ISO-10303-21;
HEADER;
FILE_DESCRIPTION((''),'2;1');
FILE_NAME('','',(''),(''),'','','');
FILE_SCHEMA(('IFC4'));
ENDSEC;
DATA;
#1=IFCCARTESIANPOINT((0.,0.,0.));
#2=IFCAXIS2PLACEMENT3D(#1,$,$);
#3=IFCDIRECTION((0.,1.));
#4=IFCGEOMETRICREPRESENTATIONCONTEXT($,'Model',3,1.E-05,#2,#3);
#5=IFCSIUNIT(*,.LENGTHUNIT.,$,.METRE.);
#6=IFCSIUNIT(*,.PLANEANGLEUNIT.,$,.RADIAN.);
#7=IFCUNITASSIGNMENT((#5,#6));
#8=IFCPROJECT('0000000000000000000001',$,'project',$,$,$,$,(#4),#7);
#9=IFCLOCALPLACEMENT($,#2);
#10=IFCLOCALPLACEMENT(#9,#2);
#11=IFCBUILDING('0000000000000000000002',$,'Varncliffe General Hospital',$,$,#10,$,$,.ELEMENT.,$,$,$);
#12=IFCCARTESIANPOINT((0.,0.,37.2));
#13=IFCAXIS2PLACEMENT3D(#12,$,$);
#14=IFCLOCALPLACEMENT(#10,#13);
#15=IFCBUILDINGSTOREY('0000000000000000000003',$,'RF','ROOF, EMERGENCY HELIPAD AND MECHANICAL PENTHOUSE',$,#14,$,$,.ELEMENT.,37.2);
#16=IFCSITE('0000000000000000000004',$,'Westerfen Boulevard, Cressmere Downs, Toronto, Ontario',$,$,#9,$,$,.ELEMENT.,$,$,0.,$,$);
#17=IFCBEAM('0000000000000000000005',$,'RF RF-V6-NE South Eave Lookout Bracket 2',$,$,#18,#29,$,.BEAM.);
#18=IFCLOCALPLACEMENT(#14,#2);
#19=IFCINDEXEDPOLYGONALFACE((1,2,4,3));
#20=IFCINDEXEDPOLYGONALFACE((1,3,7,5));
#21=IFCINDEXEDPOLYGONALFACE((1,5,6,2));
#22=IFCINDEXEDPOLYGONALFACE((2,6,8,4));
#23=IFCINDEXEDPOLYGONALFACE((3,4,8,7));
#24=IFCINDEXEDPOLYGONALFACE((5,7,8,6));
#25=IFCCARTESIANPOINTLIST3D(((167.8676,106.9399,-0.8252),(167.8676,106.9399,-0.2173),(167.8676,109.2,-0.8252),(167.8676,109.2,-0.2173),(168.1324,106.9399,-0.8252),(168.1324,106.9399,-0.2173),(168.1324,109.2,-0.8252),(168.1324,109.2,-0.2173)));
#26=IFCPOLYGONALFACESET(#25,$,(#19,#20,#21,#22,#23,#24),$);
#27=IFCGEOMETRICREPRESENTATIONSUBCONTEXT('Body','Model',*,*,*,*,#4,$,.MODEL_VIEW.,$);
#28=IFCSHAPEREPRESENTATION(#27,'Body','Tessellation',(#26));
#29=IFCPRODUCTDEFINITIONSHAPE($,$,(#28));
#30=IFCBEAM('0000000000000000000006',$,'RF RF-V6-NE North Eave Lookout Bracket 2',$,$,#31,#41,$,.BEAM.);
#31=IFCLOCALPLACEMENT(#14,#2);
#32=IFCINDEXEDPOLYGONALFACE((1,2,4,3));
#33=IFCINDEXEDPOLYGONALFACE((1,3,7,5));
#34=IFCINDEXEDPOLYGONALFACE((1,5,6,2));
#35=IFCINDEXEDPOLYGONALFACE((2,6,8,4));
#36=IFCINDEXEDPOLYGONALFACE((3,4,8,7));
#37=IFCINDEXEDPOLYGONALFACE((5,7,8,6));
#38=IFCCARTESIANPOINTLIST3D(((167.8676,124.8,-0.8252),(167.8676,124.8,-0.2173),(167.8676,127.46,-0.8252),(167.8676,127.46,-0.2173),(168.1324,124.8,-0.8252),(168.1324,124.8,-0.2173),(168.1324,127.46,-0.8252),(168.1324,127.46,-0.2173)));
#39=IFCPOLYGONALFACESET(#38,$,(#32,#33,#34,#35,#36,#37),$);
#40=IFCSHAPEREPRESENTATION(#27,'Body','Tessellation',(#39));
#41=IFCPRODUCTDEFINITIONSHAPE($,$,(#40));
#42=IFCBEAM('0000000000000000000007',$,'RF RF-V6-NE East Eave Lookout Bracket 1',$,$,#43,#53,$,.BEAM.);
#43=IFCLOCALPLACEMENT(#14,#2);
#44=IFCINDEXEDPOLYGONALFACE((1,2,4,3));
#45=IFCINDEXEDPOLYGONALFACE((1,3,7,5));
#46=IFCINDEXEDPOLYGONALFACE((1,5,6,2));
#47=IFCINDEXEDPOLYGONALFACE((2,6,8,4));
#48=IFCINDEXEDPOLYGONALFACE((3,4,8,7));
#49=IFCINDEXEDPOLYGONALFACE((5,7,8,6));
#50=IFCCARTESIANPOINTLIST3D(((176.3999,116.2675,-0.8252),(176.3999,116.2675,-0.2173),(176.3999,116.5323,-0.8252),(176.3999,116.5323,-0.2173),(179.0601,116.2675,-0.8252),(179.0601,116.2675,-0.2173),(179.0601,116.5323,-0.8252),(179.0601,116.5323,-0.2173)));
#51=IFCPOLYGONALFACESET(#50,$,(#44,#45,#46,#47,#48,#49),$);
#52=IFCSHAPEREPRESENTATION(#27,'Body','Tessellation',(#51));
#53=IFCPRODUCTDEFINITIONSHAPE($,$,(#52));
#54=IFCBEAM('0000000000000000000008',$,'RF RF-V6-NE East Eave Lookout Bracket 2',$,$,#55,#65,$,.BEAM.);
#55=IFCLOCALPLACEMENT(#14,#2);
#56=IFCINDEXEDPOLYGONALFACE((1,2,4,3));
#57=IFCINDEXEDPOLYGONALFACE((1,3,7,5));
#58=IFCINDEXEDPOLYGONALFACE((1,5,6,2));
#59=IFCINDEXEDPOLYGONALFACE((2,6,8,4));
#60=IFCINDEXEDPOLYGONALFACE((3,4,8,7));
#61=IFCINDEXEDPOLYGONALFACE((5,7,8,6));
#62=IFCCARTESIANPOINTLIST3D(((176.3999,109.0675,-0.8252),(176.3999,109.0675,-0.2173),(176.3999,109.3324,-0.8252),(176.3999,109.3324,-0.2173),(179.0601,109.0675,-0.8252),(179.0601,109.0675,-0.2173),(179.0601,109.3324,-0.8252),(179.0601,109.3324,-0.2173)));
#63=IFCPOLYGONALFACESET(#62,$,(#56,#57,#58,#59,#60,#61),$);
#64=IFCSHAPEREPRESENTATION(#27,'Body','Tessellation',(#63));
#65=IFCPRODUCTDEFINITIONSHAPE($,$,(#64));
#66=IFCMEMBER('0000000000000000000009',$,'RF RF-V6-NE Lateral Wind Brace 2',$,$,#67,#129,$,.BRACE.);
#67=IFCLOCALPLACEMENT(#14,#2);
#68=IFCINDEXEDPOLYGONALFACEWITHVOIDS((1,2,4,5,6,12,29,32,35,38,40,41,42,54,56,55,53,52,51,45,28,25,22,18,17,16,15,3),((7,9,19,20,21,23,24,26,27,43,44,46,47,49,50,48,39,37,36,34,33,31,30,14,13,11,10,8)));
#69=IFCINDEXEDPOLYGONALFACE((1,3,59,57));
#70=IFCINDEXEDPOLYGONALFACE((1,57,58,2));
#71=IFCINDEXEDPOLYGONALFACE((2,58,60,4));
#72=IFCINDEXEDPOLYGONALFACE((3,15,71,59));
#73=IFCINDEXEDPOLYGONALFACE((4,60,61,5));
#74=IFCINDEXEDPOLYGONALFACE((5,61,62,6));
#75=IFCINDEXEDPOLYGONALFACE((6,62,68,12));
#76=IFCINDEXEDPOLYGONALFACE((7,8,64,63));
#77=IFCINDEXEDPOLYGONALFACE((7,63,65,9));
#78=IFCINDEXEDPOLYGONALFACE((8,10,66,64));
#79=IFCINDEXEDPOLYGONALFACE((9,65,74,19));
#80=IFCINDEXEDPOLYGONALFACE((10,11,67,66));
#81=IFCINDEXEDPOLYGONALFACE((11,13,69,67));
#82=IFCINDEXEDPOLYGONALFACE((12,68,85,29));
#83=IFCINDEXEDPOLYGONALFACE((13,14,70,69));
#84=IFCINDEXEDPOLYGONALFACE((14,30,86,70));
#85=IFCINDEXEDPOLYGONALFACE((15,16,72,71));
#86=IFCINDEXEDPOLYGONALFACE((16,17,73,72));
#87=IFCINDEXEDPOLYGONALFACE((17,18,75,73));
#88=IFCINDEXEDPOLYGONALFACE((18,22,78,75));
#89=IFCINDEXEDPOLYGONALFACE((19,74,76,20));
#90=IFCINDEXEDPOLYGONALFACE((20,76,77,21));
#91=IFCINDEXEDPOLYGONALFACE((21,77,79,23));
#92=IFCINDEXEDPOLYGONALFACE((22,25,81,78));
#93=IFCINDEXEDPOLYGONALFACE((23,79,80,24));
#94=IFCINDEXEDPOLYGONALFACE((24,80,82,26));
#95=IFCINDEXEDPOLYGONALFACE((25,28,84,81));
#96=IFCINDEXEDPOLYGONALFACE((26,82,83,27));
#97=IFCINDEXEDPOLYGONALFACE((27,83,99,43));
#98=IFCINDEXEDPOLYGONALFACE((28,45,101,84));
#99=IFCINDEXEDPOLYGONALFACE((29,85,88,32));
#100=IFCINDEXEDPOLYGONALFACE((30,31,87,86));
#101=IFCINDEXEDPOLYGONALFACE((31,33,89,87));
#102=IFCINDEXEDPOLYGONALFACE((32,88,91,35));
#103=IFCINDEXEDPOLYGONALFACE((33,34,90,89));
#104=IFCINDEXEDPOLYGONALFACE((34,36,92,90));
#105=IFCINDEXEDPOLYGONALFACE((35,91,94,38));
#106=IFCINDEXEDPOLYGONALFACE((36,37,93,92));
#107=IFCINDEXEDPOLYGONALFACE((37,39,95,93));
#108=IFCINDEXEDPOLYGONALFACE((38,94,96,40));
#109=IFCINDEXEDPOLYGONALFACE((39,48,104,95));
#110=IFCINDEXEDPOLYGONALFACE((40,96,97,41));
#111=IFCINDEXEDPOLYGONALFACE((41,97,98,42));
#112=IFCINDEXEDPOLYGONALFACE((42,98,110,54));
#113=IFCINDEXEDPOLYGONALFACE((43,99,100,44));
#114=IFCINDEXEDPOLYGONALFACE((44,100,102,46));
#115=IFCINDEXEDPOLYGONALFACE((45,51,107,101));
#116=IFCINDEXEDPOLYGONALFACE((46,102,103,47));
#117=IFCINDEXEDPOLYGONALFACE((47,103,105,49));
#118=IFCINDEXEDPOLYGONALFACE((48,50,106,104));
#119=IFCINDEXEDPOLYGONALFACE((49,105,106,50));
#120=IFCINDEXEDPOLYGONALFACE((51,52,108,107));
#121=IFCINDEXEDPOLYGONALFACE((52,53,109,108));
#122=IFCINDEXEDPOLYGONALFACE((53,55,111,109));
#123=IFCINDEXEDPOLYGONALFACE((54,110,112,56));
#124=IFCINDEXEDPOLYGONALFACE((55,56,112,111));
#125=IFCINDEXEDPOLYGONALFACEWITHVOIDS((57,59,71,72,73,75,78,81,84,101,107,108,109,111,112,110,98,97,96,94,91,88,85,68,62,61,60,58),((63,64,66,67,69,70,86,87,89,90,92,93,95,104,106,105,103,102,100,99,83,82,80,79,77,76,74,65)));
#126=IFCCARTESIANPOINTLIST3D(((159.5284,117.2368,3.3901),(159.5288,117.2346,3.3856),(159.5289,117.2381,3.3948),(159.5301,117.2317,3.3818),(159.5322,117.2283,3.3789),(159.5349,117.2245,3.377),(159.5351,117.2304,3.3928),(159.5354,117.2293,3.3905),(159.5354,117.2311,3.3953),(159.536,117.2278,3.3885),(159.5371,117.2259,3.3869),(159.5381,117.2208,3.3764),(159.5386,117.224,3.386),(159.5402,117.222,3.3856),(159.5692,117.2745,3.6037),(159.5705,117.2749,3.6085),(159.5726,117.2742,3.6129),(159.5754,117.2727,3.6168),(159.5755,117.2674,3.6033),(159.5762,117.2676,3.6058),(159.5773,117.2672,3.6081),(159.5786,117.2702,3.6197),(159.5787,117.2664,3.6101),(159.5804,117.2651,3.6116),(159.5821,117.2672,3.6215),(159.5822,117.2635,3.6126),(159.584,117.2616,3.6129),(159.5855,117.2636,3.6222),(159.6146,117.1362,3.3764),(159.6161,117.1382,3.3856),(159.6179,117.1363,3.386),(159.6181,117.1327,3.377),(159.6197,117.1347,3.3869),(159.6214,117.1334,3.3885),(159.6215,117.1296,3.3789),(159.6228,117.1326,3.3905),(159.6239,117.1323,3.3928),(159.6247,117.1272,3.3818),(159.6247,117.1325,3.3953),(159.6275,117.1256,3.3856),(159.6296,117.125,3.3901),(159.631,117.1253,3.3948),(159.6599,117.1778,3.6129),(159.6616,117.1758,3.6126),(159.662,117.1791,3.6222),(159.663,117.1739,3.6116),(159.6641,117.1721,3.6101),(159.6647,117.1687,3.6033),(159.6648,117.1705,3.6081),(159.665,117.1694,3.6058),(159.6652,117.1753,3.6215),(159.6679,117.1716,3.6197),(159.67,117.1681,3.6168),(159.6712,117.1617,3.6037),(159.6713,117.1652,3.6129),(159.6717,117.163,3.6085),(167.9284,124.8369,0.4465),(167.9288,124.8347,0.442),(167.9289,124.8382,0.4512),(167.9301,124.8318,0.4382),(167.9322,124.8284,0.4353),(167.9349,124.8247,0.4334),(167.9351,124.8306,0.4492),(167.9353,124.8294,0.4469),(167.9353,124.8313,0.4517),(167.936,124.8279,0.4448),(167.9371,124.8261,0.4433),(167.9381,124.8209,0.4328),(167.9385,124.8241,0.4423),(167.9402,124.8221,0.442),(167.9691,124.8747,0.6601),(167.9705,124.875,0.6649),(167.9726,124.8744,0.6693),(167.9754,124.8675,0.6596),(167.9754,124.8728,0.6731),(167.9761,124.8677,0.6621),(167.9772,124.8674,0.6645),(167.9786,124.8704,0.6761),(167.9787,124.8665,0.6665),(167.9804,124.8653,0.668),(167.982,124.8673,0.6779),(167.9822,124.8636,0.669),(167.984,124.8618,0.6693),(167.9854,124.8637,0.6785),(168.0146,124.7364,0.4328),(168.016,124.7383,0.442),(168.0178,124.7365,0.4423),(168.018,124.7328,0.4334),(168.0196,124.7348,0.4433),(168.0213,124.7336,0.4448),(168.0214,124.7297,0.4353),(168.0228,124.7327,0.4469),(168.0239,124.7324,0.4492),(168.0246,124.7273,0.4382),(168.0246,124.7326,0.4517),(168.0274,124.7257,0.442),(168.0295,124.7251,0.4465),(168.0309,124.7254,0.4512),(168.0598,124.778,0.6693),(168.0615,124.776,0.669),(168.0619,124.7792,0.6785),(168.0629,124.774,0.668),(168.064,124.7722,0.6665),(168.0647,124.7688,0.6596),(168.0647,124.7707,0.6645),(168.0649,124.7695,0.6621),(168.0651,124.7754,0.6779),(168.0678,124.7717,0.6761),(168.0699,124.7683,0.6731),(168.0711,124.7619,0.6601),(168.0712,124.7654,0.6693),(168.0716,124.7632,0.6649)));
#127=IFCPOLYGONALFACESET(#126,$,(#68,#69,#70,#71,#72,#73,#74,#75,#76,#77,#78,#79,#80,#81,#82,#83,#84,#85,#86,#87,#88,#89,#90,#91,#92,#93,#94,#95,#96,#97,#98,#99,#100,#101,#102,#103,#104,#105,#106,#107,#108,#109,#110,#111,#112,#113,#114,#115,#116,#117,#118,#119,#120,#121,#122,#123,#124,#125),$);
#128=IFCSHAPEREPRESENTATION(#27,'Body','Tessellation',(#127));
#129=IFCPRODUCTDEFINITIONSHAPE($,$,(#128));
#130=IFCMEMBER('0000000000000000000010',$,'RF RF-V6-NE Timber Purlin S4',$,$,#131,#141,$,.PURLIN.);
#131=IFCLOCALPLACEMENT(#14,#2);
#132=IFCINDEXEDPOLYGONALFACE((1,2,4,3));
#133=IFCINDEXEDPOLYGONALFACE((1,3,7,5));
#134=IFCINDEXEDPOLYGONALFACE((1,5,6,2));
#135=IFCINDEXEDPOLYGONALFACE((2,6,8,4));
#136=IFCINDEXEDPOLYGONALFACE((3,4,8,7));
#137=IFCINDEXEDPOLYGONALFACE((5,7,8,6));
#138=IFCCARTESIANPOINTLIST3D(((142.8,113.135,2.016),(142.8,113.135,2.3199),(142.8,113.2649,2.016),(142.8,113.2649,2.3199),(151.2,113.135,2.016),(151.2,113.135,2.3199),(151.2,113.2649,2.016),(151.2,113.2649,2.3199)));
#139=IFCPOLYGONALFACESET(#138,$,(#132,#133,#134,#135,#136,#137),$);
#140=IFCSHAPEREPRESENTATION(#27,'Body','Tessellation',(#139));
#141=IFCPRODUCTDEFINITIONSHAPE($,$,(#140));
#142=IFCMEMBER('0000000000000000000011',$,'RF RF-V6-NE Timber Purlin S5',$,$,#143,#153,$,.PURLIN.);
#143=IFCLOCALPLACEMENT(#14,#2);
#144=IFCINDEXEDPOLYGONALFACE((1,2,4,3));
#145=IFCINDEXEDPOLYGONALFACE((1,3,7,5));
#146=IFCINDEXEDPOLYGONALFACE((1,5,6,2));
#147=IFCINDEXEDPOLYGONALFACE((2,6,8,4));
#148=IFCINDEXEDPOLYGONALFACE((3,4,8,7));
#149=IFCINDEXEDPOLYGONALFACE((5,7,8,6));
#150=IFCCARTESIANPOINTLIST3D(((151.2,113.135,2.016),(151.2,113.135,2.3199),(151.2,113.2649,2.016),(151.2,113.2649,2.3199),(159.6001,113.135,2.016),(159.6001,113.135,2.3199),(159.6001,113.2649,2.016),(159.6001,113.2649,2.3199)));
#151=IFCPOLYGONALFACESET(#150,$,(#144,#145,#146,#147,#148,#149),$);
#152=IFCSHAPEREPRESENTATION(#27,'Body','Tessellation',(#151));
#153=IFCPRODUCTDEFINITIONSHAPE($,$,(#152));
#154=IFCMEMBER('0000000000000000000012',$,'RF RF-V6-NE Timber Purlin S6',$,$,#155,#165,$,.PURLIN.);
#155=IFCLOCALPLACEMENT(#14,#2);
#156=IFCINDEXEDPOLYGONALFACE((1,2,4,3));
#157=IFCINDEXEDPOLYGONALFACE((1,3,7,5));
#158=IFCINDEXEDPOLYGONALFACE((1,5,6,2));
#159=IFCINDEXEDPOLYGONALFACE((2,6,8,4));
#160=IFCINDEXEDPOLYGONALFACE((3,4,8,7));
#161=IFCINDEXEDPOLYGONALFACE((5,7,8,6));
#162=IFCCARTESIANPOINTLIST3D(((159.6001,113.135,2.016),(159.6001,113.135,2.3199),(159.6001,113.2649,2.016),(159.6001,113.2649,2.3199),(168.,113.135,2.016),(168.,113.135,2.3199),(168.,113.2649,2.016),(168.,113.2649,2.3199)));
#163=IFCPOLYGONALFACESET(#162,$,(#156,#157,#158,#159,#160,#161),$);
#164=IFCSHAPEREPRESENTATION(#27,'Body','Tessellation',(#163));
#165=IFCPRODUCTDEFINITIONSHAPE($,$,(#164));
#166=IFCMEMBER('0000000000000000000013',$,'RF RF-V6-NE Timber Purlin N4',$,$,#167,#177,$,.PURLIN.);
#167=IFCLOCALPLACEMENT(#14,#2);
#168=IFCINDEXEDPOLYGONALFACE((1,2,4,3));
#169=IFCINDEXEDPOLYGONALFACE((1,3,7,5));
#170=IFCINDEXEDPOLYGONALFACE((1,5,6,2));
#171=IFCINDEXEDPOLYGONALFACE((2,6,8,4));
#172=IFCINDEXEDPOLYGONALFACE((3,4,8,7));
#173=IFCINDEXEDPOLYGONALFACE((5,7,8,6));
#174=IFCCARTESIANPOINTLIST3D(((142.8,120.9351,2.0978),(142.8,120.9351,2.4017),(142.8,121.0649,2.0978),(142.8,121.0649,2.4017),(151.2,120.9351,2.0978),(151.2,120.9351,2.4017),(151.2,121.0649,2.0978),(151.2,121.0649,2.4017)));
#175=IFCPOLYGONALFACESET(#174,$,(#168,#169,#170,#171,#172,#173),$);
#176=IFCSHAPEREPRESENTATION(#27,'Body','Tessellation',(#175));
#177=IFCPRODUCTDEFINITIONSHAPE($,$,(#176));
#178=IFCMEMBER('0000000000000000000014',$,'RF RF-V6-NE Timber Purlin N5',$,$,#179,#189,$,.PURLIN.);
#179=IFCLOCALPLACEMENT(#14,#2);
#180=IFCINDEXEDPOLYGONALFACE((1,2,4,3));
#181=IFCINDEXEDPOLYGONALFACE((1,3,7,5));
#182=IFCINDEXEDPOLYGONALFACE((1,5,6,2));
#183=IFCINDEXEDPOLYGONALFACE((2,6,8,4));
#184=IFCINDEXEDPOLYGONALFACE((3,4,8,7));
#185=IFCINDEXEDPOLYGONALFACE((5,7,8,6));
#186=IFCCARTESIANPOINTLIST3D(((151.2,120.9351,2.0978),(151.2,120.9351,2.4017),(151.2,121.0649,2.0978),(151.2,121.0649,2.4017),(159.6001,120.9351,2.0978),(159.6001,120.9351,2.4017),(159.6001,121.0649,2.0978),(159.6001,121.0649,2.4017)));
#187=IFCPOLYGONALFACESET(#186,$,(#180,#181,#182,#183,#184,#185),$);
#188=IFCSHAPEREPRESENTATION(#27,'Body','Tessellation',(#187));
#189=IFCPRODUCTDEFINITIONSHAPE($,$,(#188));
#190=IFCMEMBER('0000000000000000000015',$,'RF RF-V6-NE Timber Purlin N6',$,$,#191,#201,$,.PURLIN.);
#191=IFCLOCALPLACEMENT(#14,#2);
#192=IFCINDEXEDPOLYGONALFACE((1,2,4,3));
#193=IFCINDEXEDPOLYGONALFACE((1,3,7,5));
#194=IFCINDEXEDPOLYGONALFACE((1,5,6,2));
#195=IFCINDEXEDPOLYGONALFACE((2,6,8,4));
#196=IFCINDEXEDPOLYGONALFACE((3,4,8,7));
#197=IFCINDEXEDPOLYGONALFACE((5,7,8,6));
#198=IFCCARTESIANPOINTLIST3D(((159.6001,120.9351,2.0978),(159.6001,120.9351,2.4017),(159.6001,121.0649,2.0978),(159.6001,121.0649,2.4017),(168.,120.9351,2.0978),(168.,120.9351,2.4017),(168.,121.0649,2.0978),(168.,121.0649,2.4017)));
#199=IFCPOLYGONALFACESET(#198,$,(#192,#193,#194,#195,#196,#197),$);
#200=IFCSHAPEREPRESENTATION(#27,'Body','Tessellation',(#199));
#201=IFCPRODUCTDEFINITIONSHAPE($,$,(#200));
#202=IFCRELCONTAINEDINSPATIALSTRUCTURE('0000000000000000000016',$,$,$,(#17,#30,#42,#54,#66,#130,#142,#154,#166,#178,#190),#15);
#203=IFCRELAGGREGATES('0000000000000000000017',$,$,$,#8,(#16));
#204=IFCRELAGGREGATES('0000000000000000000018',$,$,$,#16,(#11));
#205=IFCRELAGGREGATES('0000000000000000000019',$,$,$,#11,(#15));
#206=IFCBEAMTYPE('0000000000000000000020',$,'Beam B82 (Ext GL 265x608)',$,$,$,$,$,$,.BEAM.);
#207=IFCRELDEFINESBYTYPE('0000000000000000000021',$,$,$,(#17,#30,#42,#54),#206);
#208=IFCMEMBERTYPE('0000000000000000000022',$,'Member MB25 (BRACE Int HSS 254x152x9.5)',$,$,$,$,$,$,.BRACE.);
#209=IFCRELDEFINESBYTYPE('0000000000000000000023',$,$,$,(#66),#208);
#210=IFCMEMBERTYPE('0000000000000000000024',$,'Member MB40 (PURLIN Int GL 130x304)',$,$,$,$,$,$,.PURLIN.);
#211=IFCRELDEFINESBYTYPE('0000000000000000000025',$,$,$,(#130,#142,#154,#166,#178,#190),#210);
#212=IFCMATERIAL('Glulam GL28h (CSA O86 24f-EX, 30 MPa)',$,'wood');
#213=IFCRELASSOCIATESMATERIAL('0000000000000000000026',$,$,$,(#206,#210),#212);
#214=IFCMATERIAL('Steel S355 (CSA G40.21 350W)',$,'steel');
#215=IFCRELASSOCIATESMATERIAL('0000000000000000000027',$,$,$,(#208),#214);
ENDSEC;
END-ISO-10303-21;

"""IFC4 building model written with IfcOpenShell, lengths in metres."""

from ifc_helpers import new_model, si_unit, direction, frame, origin, origin_2d, place, context, subcontext, project, spatial, rectangle, hollow_rectangle, extrude, material, material_profile, profile_set, type_object, element, save


model = new_model("IFC4")

# Units and contexts
model_context = context("Model", 3, precision=1e-05, world=origin(), true_north=direction((0.0, 1.0)))
body_context = subcontext(model_context, "Body", "Model", "MODEL_VIEW")
ifc_project = project(units=[si_unit("LENGTHUNIT", "METRE"), si_unit("PLANEANGLEUNIT", "RADIAN")], contexts=[model_context])

# Site, building, storey
site_placement = place(None, origin())
site = spatial("IfcSite", under=ifc_project, at=site_placement, Name="Westerfen Boulevard, Cressmere Downs, Toronto, Ontario", CompositionType="ELEMENT", RefElevation=0.0)
building_placement = place(site_placement, origin())
building = spatial("IfcBuilding", under=site, at=building_placement, Name="Varncliffe General Hospital", CompositionType="ELEMENT")
storey_placement = place(building_placement, frame((0.0, 0.0, 37.2)))
storey = spatial("IfcBuildingStorey", under=building, at=storey_placement, Name="RF", Description="ROOF, EMERGENCY HELIPAD AND MECHANICAL PENTHOUSE", CompositionType="ELEMENT", Elevation=37.2)

# Beams
ifc_material_1 = material(Name="Glulam GL28h (CSA O86 24f-EX, 30 MPa)", Category="wood")
ifc_material_profile_1 = material_profile(ifc_material_1, rectangle(XDim=0.2649, YDim=0.6079, at=origin_2d()), Name="GL 265x608")
ifc_profile_set_1 = profile_set([ifc_material_profile_1], Name="Glulam GL28h (CSA O86 24f-EX, 30 MPa)")
beam_type = type_object("IfcBeamType", Name="Beam B82 (Ext GL 265x608)", PredefinedType="BEAM", material=ifc_profile_set_1)
beam_1_placement = place(storey_placement, frame((168.0, 106.9399, -0.5212), z_axis=(0.0, 1.0, 0.0), x_axis=(-1.0, 0.0, 0.0)))
element("IfcBeam", 1, at=beam_1_placement, inside=storey, type_object=beam_type, Name="RF RF-V6-NE South Eave Lookout Bracket 2", PredefinedType="BEAM", context=body_context, shape_type="SweptSolid", body=[
    extrude(rectangle(XDim=0.2649, YDim=0.6079, at=origin_2d()), origin(), (0.0, 0.0, 1.0), 2.26),
])
beam_2_placement = place(storey_placement, frame((168.0, 124.8, -0.5212), z_axis=(0.0, 1.0, 0.0), x_axis=(-1.0, 0.0, 0.0)))
element("IfcBeam", 2, at=beam_2_placement, inside=storey, type_object=beam_type, Name="RF RF-V6-NE North Eave Lookout Bracket 2", PredefinedType="BEAM", context=body_context, shape_type="SweptSolid", body=[
    extrude(rectangle(XDim=0.2649, YDim=0.6079, at=origin_2d()), origin(), (0.0, 0.0, 1.0), 2.6599),
])
for number, where, z_axis, x_axis, name in (
    (3, (176.3999, 116.3999, -0.5212), (1.0, 0.0, 0.0), (0.0, 1.0, 0.0), "RF RF-V6-NE East Eave Lookout Bracket 1"),
    (4, (176.3999, 109.2, -0.5212), (1.0, 0.0, 0.0), (0.0, 1.0, 0.0), "RF RF-V6-NE East Eave Lookout Bracket 2"),
):
    element("IfcBeam", number, at=place(storey_placement, frame(where, z_axis=z_axis, x_axis=x_axis)), inside=storey, type_object=beam_type, Name=name, PredefinedType="BEAM", context=body_context, shape_type="SweptSolid", body=[
        extrude(rectangle(XDim=0.2649, YDim=0.6079, at=origin_2d()), origin(), (0.0, 0.0, 1.0), 2.6602),
    ])

# Members
ifc_material_2 = material(Name="Steel S355 (CSA G40.21 350W)", Category="steel")
ifc_material_profile_2 = material_profile(ifc_material_2, hollow_rectangle(XDim=0.1521, YDim=0.2539, WallThickness=0.0095, InnerFilletRadius=0.01, OuterFilletRadius=0.019, at=origin_2d()), Name="HSS 254x152x9.5")
ifc_profile_set_2 = profile_set([ifc_material_profile_2], Name="Steel S355 (CSA G40.21 350W)")
member_type_1 = type_object("IfcMemberType", Name="Member MB25 (BRACE Int HSS 254x152x9.5)", PredefinedType="BRACE", material=ifc_profile_set_2)
member_1_placement = place(storey_placement, frame((168.0, 124.8, 0.5557), z_axis=(-0.717692, -0.649357, 0.251503), x_axis=(0.670922, -0.741528, 0.0)))
element("IfcMember", 5, at=member_1_placement, inside=storey, type_object=member_type_1, Name="RF RF-V6-NE Lateral Wind Brace 2", PredefinedType="BRACE", context=body_context, shape_type="SweptSolid", body=[
    extrude(hollow_rectangle(XDim=0.1521, YDim=0.2539, WallThickness=0.0095, InnerFilletRadius=0.01, OuterFilletRadius=0.019, at=origin_2d()), origin(), (0.0, 0.0, 1.0), 11.7041),
])
ifc_material_profile_3 = material_profile(ifc_material_1, rectangle(XDim=0.1299, YDim=0.304, at=origin_2d()), Name="GL 130x304")
ifc_profile_set_3 = profile_set([ifc_material_profile_3], Name="Glulam GL28h (CSA O86 24f-EX, 30 MPa)")
member_type_2 = type_object("IfcMemberType", Name="Member MB40 (PURLIN Int GL 130x304)", PredefinedType="PURLIN", material=ifc_profile_set_3)
member_2_placement = place(storey_placement, frame((142.8, 113.2, 2.168), z_axis=(1.0, 0.0, 0.0), x_axis=(0.0, 1.0, 0.0)))
element("IfcMember", 6, at=member_2_placement, inside=storey, type_object=member_type_2, Name="RF RF-V6-NE Timber Purlin S4", PredefinedType="PURLIN", context=body_context, shape_type="SweptSolid", body=[
    extrude(rectangle(XDim=0.1299, YDim=0.304, at=origin_2d()), origin(), (0.0, 0.0, 1.0), 8.3999),
])
member_3_placement = place(storey_placement, frame((151.2, 113.2, 2.168), z_axis=(1.0, 0.0, 0.0), x_axis=(0.0, 1.0, 0.0)))
element("IfcMember", 7, at=member_3_placement, inside=storey, type_object=member_type_2, Name="RF RF-V6-NE Timber Purlin S5", PredefinedType="PURLIN", context=body_context, shape_type="SweptSolid", body=[
    extrude(rectangle(XDim=0.1299, YDim=0.304, at=origin_2d()), origin(), (0.0, 0.0, 1.0), 8.4001),
])
for number, where, z_axis, x_axis, name in (
    (8, (159.6001, 113.2, 2.168), (1.0, 0.0, 0.0), (0.0, 1.0, 0.0), "RF RF-V6-NE Timber Purlin S6"),
    (9, (142.8, 121.0, 2.2498), (1.0, 0.0, 0.0), (0.0, 1.0, 0.0), "RF RF-V6-NE Timber Purlin N4"),
):
    element("IfcMember", number, at=place(storey_placement, frame(where, z_axis=z_axis, x_axis=x_axis)), inside=storey, type_object=member_type_2, Name=name, PredefinedType="PURLIN", context=body_context, shape_type="SweptSolid", body=[
        extrude(rectangle(XDim=0.1299, YDim=0.304, at=origin_2d()), origin(), (0.0, 0.0, 1.0), 8.3999),
    ])
member_4_placement = place(storey_placement, frame((151.2, 121.0, 2.2498), z_axis=(1.0, 0.0, 0.0), x_axis=(0.0, 1.0, 0.0)))
element("IfcMember", 10, at=member_4_placement, inside=storey, type_object=member_type_2, Name="RF RF-V6-NE Timber Purlin N5", PredefinedType="PURLIN", context=body_context, shape_type="SweptSolid", body=[
    extrude(rectangle(XDim=0.1299, YDim=0.304, at=origin_2d()), origin(), (0.0, 0.0, 1.0), 8.4001),
])
member_5_placement = place(storey_placement, frame((159.6001, 121.0, 2.2498), z_axis=(1.0, 0.0, 0.0), x_axis=(0.0, 1.0, 0.0)))
element("IfcMember", 11, at=member_5_placement, inside=storey, type_object=member_type_2, Name="RF RF-V6-NE Timber Purlin N6", PredefinedType="PURLIN", context=body_context, shape_type="SweptSolid", body=[
    extrude(rectangle(XDim=0.1299, YDim=0.304, at=origin_2d()), origin(), (0.0, 0.0, 1.0), 8.3999),
])

save(model, "model.ifc")
